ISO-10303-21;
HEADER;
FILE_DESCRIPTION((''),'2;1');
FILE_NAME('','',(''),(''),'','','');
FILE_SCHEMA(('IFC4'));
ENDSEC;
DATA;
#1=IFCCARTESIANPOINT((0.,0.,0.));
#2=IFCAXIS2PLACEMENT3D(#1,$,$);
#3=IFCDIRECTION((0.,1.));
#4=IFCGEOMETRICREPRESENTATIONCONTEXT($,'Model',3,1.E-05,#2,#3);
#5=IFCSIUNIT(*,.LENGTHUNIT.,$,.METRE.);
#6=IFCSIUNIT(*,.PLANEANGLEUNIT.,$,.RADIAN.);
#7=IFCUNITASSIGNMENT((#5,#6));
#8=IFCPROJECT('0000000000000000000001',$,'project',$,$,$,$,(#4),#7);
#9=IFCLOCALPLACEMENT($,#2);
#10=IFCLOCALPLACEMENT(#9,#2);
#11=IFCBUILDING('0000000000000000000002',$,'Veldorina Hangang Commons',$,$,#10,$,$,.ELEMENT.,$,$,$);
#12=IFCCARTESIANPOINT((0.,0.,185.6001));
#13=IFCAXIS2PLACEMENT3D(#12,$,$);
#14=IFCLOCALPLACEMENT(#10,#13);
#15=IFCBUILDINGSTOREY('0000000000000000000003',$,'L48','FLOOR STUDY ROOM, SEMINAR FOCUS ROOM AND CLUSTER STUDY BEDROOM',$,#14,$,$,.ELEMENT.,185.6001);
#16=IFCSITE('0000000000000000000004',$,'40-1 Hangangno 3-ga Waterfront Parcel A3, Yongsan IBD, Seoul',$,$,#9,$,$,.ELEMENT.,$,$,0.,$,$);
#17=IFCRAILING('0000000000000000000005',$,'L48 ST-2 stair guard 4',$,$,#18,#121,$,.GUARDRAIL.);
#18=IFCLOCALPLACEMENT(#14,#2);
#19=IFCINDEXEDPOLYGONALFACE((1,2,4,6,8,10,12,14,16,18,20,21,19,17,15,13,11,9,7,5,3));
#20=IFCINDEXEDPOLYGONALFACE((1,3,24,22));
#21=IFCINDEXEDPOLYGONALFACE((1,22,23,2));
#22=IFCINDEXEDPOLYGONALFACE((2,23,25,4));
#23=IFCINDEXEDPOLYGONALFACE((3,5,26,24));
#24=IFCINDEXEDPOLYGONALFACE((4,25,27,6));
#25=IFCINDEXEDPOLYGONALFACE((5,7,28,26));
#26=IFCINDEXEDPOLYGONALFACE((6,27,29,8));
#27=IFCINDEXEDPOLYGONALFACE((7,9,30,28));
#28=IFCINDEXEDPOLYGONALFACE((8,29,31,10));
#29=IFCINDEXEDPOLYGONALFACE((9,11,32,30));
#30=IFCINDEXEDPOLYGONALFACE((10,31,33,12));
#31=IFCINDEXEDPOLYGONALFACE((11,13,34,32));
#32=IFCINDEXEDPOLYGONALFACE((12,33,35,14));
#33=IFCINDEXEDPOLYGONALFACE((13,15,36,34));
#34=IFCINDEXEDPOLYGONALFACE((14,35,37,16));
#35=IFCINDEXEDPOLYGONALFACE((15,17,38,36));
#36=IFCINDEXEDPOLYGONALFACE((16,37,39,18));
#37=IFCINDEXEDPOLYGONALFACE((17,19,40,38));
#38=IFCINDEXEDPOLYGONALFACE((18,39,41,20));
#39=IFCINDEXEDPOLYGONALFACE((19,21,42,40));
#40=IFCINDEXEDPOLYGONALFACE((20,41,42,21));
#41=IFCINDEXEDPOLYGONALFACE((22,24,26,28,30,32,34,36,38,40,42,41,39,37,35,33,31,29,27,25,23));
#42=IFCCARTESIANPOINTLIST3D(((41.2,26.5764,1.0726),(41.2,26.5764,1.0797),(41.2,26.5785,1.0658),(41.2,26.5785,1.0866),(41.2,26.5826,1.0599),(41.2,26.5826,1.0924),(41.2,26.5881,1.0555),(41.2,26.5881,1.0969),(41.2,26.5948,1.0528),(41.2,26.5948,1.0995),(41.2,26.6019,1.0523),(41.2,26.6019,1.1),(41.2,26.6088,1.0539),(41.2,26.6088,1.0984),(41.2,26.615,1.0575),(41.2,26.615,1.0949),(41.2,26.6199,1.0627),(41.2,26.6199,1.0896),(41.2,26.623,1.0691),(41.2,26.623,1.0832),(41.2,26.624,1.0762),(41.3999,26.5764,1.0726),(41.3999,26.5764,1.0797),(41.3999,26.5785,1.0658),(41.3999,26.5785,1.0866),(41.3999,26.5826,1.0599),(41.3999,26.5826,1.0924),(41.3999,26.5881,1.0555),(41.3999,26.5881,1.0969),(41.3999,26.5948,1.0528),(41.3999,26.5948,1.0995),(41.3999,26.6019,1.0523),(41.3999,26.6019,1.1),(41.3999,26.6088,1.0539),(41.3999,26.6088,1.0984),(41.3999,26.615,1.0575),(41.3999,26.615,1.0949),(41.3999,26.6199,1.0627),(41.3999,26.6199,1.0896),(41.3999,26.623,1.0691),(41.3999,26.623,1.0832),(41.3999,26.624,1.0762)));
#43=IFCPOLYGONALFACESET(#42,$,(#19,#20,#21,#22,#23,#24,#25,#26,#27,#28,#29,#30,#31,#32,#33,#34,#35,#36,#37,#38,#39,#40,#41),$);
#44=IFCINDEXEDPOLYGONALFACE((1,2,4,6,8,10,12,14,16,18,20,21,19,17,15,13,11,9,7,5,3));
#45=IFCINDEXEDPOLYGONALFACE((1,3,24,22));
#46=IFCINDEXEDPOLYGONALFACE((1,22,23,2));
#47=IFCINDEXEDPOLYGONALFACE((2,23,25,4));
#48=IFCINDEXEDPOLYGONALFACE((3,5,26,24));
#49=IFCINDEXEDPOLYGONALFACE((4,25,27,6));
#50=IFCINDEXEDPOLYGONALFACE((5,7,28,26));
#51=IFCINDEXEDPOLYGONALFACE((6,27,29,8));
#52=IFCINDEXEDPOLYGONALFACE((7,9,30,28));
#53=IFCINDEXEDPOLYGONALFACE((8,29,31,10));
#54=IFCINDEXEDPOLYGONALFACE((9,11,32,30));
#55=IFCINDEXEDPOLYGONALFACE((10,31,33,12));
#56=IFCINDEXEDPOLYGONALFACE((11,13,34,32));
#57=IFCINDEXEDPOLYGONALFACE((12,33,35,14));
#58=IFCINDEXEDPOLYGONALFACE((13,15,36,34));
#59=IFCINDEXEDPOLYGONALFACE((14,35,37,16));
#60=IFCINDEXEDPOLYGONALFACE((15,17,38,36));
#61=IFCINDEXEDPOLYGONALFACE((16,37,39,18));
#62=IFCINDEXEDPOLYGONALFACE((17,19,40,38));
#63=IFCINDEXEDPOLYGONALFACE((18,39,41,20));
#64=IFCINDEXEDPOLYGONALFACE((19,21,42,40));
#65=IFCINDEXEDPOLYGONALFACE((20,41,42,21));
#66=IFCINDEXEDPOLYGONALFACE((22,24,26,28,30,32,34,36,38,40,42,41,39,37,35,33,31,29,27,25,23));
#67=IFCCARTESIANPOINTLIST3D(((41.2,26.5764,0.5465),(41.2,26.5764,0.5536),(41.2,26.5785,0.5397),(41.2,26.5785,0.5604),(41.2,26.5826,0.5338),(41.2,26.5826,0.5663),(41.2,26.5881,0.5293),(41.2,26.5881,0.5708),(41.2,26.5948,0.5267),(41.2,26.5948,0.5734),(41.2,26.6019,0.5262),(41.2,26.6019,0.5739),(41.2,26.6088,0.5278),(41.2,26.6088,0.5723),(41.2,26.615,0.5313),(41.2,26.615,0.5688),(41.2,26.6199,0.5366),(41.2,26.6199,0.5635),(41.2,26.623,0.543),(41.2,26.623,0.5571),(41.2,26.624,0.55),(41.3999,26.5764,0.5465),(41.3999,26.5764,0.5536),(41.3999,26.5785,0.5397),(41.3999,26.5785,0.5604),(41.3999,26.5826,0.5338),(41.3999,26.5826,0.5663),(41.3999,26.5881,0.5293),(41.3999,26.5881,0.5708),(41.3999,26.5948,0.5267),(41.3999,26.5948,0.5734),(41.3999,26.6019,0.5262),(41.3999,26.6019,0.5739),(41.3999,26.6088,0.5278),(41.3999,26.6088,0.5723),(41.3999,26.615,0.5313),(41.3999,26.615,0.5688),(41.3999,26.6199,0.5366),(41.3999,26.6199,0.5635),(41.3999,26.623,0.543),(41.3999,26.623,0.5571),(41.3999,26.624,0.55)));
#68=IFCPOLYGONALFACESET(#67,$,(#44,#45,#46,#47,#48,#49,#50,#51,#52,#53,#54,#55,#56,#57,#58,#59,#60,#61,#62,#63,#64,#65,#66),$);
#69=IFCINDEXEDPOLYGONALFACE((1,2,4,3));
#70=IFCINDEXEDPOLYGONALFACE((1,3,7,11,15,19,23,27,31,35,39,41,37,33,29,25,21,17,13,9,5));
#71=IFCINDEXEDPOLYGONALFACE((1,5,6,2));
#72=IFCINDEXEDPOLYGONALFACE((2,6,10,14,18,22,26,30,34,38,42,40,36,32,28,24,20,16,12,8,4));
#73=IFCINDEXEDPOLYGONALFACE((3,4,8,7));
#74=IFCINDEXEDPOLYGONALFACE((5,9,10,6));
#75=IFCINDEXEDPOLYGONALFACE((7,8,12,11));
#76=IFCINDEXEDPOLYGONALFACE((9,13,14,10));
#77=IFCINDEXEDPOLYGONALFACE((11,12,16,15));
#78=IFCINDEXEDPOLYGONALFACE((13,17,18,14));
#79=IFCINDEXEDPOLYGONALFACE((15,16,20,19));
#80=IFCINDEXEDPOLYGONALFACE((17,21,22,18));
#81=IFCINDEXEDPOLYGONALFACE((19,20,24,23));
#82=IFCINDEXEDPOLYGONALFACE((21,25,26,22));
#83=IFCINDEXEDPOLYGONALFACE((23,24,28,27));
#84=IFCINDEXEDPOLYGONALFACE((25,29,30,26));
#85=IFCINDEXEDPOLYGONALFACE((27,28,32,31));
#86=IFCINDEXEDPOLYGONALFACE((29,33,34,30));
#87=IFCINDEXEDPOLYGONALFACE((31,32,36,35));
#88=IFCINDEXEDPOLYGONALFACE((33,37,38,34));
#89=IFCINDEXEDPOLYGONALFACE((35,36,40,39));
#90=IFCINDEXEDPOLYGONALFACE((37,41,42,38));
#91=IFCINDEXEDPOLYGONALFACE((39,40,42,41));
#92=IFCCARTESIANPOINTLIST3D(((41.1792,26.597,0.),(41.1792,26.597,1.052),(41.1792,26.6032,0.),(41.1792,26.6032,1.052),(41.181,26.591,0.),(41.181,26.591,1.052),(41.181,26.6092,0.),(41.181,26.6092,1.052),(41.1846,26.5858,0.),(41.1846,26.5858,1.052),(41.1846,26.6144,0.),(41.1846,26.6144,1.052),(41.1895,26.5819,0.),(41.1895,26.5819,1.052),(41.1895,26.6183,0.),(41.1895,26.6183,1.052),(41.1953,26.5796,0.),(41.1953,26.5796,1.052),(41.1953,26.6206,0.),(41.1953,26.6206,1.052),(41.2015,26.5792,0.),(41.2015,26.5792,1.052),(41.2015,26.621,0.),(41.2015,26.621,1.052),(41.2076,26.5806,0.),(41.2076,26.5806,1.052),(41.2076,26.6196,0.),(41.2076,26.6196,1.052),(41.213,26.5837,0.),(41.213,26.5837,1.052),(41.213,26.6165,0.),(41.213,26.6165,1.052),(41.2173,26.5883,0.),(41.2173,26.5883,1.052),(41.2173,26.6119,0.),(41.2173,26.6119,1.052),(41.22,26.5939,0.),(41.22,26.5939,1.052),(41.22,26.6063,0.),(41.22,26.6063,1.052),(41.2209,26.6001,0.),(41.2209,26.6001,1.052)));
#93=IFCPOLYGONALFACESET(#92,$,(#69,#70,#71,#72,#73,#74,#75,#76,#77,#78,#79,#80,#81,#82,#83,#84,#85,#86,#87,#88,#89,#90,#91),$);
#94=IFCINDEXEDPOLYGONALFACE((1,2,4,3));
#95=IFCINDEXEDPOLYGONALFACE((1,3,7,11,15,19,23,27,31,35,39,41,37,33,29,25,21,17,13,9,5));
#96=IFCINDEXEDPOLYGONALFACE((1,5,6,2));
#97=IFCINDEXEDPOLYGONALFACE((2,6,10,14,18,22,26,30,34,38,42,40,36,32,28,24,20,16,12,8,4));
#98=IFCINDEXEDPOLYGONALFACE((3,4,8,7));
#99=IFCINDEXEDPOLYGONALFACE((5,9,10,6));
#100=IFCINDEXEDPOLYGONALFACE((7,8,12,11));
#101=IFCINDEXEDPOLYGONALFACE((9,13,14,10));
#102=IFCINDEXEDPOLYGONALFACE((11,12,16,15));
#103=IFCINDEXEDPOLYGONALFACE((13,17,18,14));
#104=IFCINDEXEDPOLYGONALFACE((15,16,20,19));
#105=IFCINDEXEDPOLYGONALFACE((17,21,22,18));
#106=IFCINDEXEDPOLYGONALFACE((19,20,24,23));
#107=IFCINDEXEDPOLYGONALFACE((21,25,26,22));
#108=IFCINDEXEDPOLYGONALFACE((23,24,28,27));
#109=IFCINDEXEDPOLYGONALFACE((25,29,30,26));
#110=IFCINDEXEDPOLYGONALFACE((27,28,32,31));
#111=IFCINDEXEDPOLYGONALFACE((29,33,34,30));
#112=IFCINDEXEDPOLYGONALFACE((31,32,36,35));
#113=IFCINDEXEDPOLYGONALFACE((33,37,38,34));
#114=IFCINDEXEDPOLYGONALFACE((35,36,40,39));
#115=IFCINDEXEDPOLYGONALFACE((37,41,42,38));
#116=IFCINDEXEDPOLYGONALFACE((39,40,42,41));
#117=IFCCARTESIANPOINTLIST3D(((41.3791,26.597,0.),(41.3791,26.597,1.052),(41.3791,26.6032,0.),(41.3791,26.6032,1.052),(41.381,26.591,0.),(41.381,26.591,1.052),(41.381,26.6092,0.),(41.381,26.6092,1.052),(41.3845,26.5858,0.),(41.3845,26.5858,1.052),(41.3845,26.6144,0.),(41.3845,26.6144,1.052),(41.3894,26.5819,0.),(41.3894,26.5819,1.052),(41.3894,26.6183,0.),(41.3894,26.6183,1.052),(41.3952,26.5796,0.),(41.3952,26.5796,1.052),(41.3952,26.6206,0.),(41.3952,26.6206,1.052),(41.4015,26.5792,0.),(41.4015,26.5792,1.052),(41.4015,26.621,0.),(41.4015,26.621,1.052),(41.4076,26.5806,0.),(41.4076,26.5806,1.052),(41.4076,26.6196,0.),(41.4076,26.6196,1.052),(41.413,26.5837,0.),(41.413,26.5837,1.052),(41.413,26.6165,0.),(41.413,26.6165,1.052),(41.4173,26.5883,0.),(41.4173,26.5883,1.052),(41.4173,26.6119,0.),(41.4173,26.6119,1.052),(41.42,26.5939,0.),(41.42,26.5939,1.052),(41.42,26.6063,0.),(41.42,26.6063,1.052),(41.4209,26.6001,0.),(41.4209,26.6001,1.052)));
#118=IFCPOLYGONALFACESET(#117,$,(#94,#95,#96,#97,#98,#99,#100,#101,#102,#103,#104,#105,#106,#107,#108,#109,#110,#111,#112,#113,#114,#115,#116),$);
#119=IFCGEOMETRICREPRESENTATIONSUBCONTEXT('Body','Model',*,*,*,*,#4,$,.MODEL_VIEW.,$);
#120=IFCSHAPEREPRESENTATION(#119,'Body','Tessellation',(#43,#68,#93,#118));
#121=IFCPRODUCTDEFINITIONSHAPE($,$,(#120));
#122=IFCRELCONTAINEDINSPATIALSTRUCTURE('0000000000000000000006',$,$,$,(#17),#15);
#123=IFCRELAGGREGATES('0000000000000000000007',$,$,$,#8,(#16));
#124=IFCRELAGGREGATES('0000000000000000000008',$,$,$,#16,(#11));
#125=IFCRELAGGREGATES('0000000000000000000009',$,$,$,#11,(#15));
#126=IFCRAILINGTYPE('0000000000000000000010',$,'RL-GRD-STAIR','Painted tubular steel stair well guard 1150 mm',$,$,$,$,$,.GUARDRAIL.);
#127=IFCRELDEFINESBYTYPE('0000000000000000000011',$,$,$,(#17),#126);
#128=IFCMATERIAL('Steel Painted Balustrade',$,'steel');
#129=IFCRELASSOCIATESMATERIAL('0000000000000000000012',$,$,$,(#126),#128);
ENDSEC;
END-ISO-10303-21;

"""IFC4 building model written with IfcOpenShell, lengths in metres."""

from ifc_helpers import new_model, si_unit, direction, frame, origin, origin_2d, place, context, subcontext, project, spatial, circle, extrude, material, type_object, element, save


model = new_model("IFC4")

# Units and contexts
model_context = context("Model", 3, precision=1e-05, world=origin(), true_north=direction((0.0, 1.0)))
body_context = subcontext(model_context, "Body", "Model", "MODEL_VIEW")
ifc_project = project(units=[si_unit("LENGTHUNIT", "METRE"), si_unit("PLANEANGLEUNIT", "RADIAN")], contexts=[model_context])

# Site, building, storey
site_placement = place(None, origin())
site = spatial("IfcSite", under=ifc_project, at=site_placement, Name="40-1 Hangangno 3-ga Waterfront Parcel A3, Yongsan IBD, Seoul", CompositionType="ELEMENT", RefElevation=0.0)
building_placement = place(site_placement, origin())
building = spatial("IfcBuilding", under=site, at=building_placement, Name="Veldorina Hangang Commons", CompositionType="ELEMENT")
storey_placement = place(building_placement, frame((0.0, 0.0, 185.6001)))
storey = spatial("IfcBuildingStorey", under=building, at=storey_placement, Name="L48", Description="FLOOR STUDY ROOM, SEMINAR FOCUS ROOM AND CLUSTER STUDY BEDROOM", CompositionType="ELEMENT", Elevation=185.6001)

# Railing
ifc_material_1 = material(Name="Steel Painted Balustrade", Category="steel")
railing_type_1 = type_object("IfcRailingType", Name="RL-GRD-STAIR", Description="Painted tubular steel stair well guard 1150 mm", PredefinedType="GUARDRAIL", material=ifc_material_1)
railing_1_placement = place(storey_placement, frame((41.2, 26.6001, 0.0)))
element("IfcRailing", 1, at=railing_1_placement, inside=storey, type_object=railing_type_1, Name="L48 ST-2 stair guard 4", PredefinedType="GUARDRAIL", context=body_context, shape_type="SweptSolid", body=[
    extrude(circle(Radius=0.0239, at=origin_2d()), frame((0.0, 0.0, 1.0762), z_axis=(1.0, 0.0, 0.0), x_axis=(0.0, 1.0, 0.0)), (0.0, 0.0, 1.0), 0.2),
    extrude(circle(Radius=0.0239, at=origin_2d()), frame((0.0, 0.0, 0.55), z_axis=(1.0, 0.0, 0.0), x_axis=(0.0, 1.0, 0.0)), (0.0, 0.0, 1.0), 0.2),
    extrude(circle(Radius=0.021, at=origin_2d()), origin(), (0.0, 0.0, 1.0), 1.052),
    extrude(circle(Radius=0.021, at=origin_2d()), frame((0.2, 0.0, 0.0)), (0.0, 0.0, 1.0), 1.052),
])

save(model, "model.ifc")
